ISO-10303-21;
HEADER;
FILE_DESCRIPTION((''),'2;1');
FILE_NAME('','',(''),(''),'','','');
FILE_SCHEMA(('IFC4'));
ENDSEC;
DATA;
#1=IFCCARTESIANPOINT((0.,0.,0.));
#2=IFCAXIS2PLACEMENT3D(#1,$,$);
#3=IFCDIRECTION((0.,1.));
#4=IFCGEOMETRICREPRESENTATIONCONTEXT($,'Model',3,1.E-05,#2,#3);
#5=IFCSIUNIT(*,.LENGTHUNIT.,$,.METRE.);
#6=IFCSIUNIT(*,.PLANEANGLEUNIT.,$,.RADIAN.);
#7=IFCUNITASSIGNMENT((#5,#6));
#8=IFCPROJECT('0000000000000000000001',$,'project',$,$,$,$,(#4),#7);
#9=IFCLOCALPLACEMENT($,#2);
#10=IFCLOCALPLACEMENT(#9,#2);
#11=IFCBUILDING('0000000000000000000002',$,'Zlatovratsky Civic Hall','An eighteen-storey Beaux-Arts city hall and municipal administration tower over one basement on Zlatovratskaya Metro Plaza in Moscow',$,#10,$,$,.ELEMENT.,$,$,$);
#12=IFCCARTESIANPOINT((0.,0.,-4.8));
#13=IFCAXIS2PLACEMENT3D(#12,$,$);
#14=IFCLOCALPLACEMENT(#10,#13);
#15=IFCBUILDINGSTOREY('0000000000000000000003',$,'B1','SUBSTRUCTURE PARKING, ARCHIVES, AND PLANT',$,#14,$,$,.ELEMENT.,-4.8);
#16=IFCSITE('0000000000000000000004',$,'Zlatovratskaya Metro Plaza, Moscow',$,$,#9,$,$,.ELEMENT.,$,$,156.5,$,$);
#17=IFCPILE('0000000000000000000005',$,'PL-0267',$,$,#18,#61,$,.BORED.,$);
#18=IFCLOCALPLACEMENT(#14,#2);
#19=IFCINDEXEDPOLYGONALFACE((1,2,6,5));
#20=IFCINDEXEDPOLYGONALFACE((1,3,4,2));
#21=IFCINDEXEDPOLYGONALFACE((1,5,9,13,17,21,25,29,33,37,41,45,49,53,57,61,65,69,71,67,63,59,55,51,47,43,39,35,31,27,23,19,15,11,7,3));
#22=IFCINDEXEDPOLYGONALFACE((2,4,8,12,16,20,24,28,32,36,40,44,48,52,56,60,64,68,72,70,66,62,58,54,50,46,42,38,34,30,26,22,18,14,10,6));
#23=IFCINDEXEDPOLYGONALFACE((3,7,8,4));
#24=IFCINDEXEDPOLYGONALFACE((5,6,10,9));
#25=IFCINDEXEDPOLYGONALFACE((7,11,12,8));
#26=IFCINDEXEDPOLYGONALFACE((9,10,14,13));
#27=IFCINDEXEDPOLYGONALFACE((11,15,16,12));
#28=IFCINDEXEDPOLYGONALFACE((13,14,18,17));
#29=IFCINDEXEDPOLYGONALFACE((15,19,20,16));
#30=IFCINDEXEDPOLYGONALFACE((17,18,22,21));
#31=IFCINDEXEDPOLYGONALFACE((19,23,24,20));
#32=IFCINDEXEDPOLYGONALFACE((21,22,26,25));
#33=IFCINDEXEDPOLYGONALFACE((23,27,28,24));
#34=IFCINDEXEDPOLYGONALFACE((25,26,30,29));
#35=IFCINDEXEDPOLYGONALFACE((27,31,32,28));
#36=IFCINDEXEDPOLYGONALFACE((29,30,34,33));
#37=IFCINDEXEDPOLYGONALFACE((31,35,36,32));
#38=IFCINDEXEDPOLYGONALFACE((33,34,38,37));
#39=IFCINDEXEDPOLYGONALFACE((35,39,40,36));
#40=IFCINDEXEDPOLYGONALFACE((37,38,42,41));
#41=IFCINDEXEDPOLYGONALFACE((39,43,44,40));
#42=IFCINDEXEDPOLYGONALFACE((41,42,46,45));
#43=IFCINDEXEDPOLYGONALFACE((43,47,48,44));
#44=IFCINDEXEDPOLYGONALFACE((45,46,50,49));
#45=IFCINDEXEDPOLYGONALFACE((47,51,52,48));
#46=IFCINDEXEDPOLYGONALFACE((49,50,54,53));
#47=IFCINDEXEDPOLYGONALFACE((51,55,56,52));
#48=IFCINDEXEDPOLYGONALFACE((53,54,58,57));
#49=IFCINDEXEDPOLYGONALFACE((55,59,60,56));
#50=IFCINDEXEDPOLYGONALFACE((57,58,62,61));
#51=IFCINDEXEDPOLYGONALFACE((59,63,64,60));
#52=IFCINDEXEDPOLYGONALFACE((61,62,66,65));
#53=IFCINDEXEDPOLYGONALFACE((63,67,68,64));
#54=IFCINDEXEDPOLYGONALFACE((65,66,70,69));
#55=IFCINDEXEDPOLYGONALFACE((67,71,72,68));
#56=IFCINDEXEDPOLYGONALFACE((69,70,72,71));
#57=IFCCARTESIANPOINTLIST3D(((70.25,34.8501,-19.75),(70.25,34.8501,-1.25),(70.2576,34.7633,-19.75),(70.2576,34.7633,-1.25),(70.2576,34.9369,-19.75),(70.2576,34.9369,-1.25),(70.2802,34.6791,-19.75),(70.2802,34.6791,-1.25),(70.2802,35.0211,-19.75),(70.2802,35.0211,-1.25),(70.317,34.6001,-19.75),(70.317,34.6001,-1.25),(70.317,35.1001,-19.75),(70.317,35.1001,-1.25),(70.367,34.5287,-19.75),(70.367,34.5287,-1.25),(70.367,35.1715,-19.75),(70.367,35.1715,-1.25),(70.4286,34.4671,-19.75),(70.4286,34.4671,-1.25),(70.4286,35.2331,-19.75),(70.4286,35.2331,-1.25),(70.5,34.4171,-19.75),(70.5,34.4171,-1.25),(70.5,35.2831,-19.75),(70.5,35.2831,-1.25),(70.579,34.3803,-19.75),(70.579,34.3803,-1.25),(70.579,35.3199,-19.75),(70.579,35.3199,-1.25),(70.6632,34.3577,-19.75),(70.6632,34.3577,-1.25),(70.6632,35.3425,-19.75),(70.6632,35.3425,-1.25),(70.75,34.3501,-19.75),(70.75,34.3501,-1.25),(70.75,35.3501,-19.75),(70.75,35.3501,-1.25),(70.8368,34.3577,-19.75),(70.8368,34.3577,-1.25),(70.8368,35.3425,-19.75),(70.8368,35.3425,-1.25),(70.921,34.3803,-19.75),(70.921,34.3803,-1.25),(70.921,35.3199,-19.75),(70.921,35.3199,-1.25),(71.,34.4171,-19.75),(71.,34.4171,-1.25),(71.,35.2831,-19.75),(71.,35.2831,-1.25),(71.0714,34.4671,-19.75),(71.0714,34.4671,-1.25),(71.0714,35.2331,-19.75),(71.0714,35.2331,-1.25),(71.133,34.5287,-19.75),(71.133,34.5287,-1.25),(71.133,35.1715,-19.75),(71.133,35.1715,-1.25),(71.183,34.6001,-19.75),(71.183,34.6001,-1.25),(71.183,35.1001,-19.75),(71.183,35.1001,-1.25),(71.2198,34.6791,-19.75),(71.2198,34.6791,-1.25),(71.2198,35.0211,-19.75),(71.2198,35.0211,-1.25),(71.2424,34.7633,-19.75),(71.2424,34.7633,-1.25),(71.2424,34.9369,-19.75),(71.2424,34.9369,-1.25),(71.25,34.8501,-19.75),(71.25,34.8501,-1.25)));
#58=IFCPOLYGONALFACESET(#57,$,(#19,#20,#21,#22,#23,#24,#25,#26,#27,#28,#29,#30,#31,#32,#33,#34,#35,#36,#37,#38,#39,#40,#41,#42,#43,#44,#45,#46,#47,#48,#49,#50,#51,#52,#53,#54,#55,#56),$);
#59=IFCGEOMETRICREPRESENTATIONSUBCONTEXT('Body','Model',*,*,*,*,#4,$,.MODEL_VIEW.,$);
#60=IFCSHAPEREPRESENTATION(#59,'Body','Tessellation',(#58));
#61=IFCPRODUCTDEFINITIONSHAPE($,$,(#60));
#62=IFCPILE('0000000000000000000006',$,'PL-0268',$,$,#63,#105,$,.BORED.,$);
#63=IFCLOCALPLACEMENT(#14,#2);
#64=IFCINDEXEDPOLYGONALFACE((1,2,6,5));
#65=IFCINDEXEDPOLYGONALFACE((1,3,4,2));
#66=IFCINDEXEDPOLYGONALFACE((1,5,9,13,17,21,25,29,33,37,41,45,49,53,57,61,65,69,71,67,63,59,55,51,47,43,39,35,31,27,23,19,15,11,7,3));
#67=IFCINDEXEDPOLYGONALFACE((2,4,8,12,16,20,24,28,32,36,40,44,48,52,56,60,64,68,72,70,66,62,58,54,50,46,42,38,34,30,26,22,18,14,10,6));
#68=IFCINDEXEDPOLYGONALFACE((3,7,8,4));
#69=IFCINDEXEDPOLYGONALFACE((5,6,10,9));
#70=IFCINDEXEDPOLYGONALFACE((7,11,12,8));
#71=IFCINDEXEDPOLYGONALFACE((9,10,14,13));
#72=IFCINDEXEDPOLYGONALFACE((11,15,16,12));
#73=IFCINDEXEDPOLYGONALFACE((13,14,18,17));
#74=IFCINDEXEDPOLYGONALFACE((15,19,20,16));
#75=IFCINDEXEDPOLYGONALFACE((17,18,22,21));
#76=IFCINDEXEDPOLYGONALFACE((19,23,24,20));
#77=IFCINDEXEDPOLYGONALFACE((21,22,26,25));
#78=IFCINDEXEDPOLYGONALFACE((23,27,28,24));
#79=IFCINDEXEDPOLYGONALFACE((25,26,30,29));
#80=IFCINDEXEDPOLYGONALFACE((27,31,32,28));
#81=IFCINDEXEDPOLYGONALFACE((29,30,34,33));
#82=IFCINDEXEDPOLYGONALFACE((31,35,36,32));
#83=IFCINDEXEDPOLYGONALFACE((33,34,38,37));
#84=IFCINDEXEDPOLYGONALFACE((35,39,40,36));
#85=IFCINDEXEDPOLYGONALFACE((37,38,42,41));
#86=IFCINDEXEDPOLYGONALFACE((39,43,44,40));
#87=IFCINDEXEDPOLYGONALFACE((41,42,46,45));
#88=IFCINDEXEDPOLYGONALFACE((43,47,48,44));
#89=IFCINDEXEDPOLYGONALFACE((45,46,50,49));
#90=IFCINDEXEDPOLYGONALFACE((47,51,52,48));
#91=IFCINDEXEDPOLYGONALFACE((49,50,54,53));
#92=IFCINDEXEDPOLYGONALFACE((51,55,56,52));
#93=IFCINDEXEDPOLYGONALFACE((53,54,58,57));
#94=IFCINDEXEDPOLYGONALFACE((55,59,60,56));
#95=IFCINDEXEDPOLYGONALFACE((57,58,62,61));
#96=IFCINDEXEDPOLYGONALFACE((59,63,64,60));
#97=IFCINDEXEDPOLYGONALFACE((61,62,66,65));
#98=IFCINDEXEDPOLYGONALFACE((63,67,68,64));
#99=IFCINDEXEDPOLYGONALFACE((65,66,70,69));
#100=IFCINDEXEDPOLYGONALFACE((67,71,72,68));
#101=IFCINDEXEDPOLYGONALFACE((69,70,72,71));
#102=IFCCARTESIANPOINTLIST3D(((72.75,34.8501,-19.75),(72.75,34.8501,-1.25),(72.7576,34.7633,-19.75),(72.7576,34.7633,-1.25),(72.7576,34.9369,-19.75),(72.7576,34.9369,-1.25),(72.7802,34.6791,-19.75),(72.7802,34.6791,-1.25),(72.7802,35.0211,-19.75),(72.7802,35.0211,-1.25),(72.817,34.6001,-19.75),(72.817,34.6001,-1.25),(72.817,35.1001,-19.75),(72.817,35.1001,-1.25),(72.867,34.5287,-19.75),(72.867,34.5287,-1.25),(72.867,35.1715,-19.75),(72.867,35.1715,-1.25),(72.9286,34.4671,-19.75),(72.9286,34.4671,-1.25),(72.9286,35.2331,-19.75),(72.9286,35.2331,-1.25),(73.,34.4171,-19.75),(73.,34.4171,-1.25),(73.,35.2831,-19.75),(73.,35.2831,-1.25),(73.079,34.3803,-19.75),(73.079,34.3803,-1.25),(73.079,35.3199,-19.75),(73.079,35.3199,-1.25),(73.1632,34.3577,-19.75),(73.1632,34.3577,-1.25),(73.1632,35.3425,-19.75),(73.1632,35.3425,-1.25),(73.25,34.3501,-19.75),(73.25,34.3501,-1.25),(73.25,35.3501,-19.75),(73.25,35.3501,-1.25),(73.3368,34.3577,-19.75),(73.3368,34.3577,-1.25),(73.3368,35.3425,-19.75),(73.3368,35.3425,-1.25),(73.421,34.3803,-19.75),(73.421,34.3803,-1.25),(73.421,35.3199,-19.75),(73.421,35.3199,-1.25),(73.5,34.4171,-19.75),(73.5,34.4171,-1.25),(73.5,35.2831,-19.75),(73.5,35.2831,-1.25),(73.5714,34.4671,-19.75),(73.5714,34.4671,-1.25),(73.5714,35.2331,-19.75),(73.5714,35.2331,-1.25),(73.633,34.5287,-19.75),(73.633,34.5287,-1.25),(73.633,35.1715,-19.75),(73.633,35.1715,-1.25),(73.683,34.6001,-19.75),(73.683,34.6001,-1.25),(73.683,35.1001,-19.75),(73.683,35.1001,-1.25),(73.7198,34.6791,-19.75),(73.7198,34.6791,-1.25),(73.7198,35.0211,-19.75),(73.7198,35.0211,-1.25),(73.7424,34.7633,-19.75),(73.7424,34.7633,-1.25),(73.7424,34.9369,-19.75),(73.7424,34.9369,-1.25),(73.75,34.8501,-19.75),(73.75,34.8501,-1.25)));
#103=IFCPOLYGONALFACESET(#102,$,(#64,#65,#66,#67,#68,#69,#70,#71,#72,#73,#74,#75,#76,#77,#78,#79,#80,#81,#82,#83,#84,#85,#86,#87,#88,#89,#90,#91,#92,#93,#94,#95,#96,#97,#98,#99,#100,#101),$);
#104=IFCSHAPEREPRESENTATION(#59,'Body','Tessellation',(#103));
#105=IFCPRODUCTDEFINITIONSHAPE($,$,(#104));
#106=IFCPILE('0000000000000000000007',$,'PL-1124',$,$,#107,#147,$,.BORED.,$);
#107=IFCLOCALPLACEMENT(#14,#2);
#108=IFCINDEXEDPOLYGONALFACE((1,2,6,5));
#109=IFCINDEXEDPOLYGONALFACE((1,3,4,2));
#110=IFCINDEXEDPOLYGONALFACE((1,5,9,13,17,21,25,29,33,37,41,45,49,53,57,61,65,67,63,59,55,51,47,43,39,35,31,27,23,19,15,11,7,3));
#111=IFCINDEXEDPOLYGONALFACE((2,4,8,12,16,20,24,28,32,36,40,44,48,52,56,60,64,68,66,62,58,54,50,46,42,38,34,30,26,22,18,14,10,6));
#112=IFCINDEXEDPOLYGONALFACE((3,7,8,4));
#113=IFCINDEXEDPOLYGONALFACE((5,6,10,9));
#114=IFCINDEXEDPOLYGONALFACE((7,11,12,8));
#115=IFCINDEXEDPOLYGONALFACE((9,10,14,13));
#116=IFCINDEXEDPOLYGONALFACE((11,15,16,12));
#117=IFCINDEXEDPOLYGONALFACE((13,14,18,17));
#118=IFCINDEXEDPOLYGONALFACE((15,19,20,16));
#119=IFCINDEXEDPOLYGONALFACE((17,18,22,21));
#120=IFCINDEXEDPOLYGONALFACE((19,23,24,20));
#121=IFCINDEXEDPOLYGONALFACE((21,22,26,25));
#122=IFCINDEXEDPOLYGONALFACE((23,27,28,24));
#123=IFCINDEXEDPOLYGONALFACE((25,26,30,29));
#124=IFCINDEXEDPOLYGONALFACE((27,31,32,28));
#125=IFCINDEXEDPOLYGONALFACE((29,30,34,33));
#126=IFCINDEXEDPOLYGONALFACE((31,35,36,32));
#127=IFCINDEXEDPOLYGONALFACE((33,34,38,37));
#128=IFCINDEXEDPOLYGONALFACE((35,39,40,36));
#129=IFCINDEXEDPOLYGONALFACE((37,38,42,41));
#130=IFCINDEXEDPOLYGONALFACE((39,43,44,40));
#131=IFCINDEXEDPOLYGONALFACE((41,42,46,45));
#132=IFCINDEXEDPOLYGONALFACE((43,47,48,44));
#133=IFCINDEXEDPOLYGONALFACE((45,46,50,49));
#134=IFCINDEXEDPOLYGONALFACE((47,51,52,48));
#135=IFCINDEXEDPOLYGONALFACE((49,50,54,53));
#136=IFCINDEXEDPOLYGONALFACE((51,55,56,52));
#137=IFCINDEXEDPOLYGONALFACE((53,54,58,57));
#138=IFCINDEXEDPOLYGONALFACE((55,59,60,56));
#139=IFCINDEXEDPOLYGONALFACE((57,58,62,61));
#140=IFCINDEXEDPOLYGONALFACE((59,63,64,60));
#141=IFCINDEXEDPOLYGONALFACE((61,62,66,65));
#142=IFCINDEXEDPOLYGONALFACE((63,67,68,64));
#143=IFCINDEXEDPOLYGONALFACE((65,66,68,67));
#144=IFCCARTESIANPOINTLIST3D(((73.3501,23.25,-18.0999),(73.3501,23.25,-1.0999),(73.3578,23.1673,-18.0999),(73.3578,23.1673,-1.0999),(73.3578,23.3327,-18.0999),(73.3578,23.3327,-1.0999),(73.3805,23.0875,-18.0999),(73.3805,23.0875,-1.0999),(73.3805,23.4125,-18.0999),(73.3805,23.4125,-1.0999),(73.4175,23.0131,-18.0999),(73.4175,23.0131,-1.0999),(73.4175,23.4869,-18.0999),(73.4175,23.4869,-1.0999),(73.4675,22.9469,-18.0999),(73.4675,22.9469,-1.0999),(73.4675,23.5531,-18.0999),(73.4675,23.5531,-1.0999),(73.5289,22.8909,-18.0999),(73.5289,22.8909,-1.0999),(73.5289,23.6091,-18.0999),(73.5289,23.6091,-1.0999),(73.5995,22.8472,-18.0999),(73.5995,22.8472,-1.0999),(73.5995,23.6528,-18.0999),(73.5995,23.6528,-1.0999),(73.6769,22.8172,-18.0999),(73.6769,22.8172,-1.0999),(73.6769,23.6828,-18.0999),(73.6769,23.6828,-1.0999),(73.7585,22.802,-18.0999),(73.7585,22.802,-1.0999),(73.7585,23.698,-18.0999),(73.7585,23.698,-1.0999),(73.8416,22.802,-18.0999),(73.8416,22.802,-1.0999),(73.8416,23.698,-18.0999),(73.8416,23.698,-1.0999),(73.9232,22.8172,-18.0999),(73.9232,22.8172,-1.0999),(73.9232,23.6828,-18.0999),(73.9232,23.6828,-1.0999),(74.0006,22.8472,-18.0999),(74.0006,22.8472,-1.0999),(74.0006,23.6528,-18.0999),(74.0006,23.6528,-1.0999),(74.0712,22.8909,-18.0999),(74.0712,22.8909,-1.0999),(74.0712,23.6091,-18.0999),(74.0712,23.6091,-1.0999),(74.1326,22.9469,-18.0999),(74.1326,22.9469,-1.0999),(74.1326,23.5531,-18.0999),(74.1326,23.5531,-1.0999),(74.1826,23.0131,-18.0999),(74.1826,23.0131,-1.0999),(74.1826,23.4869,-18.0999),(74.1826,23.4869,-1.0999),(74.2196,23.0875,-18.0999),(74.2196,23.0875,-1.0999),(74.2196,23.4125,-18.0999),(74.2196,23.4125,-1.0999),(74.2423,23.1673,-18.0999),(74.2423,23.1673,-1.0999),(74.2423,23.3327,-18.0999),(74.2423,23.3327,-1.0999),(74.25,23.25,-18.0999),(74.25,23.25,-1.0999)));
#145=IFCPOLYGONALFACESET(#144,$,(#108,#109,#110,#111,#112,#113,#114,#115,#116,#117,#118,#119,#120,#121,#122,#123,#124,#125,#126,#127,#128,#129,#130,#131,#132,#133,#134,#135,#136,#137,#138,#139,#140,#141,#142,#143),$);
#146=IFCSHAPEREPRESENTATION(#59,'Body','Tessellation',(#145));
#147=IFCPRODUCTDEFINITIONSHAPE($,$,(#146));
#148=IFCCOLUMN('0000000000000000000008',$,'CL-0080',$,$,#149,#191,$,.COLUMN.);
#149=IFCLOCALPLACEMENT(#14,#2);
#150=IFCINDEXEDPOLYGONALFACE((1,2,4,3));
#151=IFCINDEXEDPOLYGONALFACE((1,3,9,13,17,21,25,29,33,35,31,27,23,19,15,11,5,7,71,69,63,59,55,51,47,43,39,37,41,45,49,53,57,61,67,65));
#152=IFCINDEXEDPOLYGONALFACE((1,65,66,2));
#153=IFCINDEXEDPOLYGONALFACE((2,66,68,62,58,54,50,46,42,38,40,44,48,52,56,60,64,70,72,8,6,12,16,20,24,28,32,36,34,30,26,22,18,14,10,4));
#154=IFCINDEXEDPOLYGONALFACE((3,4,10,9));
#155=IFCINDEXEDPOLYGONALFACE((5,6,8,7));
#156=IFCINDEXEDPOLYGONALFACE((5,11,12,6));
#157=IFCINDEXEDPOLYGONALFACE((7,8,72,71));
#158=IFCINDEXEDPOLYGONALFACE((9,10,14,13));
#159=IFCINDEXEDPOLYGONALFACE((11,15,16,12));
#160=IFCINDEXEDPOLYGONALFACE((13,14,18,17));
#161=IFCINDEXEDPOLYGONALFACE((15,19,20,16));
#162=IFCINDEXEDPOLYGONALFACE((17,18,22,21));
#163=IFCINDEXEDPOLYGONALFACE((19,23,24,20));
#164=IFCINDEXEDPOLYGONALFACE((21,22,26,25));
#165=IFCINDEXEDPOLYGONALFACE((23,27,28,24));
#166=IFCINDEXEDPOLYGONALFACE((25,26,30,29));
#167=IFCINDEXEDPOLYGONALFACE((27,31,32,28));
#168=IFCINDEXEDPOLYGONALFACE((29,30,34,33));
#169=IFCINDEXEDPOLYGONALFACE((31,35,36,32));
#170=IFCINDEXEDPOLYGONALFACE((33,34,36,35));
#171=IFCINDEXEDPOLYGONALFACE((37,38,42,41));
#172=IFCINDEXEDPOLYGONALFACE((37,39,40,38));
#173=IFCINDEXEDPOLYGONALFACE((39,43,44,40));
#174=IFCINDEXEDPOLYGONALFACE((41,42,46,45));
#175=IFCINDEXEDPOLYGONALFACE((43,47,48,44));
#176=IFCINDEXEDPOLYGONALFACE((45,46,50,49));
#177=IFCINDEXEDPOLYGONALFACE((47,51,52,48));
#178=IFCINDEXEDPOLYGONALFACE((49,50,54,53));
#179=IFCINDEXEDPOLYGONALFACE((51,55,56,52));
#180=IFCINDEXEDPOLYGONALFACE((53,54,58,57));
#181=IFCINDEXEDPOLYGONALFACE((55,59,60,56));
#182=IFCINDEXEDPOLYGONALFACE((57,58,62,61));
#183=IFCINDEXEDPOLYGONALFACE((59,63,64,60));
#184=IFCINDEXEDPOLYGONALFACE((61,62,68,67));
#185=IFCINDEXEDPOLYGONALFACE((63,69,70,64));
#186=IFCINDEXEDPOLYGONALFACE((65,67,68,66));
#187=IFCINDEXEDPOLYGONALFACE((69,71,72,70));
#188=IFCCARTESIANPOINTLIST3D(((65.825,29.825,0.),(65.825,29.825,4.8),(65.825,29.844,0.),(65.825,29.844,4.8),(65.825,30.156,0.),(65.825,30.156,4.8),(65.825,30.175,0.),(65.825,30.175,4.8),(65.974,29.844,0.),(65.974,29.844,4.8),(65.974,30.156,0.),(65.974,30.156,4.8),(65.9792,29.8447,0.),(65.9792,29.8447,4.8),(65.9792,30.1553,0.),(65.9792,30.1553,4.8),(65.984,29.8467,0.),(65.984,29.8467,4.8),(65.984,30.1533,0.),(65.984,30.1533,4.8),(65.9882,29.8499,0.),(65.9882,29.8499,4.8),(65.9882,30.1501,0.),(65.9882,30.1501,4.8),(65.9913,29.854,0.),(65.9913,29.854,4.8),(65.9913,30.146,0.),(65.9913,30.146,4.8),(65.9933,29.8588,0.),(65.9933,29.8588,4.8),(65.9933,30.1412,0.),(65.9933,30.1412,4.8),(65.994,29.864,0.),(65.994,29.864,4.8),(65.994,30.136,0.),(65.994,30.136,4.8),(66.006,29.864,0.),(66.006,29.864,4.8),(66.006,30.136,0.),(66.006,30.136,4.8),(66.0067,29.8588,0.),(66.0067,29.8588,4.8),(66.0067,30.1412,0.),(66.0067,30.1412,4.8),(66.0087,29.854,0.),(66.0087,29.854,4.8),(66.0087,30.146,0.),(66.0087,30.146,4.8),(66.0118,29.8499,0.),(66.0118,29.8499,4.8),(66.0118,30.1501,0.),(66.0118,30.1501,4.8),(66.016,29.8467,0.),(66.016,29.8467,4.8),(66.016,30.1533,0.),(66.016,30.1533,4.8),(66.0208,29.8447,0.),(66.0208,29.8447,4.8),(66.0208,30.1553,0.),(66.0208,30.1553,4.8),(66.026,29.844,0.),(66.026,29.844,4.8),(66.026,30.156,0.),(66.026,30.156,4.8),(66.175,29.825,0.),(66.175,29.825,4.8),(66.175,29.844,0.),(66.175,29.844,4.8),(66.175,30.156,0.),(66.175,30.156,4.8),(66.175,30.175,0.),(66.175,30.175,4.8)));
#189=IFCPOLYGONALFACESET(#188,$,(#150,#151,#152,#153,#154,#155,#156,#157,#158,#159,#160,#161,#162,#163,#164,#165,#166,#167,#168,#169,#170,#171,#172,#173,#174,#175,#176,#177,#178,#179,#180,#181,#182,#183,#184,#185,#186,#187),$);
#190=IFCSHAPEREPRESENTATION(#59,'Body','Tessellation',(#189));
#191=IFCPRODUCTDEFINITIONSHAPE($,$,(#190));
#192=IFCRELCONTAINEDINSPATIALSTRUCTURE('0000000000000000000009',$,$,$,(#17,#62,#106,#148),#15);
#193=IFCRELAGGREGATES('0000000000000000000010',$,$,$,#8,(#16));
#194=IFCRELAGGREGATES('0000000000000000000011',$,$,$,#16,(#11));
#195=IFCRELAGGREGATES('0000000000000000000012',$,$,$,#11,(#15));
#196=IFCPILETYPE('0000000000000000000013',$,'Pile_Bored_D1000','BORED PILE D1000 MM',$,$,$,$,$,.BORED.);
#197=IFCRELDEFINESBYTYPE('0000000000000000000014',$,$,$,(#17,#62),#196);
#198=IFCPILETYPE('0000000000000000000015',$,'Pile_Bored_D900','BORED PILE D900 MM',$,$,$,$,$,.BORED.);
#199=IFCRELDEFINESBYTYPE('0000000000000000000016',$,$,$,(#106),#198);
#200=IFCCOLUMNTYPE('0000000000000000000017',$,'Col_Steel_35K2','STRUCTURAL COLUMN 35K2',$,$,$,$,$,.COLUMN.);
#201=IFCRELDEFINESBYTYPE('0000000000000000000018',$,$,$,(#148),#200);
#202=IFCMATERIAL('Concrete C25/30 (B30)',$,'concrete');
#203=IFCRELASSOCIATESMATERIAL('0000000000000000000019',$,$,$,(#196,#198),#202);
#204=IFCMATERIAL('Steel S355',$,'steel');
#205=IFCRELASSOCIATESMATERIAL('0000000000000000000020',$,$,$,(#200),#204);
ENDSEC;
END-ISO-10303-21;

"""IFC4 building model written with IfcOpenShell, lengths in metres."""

from ifc_helpers import new_model, si_unit, direction, frame, origin, origin_2d, place, context, subcontext, project, spatial, circle, i_section, extrude, material, material_profile, profile_set, type_object, element, save


model = new_model("IFC4")

# Units and contexts
model_context = context("Model", 3, precision=1e-05, world=origin(), true_north=direction((0.0, 1.0)))
body_context = subcontext(model_context, "Body", "Model", "MODEL_VIEW")
ifc_project = project(units=[si_unit("LENGTHUNIT", "METRE"), si_unit("PLANEANGLEUNIT", "RADIAN")], contexts=[model_context])

# Site, building, storey
site_placement = place(None, origin())
site = spatial("IfcSite", under=ifc_project, at=site_placement, Name="Zlatovratskaya Metro Plaza, Moscow", CompositionType="ELEMENT", RefElevation=156.5)
building_placement = place(site_placement, origin())
building = spatial("IfcBuilding", under=site, at=building_placement, Name="Zlatovratsky Civic Hall", Description="An eighteen-storey Beaux-Arts city hall and municipal administration tower over one basement on Zlatovratskaya Metro Plaza in Moscow", CompositionType="ELEMENT")
storey_placement = place(building_placement, frame((0.0, 0.0, -4.8)))
storey = spatial("IfcBuildingStorey", under=building, at=storey_placement, Name="B1", Description="SUBSTRUCTURE PARKING, ARCHIVES, AND PLANT", CompositionType="ELEMENT", Elevation=-4.8)

# Shared definitions
ifc_material_1 = material(Name="Concrete C25/30 (B30)", Category="concrete")

# Piles
ifc_material_profile_1 = material_profile(ifc_material_1, circle(Radius=0.5, at=origin_2d()), Name="PILE D1000")
ifc_profile_set_1 = profile_set([ifc_material_profile_1], Name="Concrete C25/30 (B30)")
pile_type_1 = type_object("IfcPileType", Name="Pile_Bored_D1000", Description="BORED PILE D1000 MM", PredefinedType="BORED", material=ifc_profile_set_1)
for number, where, z_axis, x_axis, name in (
    (1, (70.75, 34.8501, -1.25), (0.0, 0.0, -1.0), (1.0, 0.0, 0.0), "PL-0267"),
    (2, (73.25, 34.8501, -1.25), (0.0, 0.0, -1.0), (1.0, 0.0, 0.0), "PL-0268"),
):
    element("IfcPile", number, at=place(storey_placement, frame(where, z_axis=z_axis, x_axis=x_axis)), inside=storey, type_object=pile_type_1, Name=name, PredefinedType="BORED", context=body_context, shape_type="SweptSolid", body=[
        extrude(circle(Radius=0.5, at=origin_2d()), origin(), (0.0, 0.0, 1.0), 18.5),
    ])
ifc_material_profile_2 = material_profile(ifc_material_1, circle(Radius=0.45, at=origin_2d()), Name="PILE D900")
ifc_profile_set_2 = profile_set([ifc_material_profile_2], Name="Concrete C25/30 (B30)")
pile_type_2 = type_object("IfcPileType", Name="Pile_Bored_D900", Description="BORED PILE D900 MM", PredefinedType="BORED", material=ifc_profile_set_2)
pile_placement = place(storey_placement, frame((73.8, 23.25, -1.0999), z_axis=(0.0, 0.0, -1.0), x_axis=(1.0, 0.0, 0.0)))
element("IfcPile", 3, at=pile_placement, inside=storey, type_object=pile_type_2, Name="PL-1124", PredefinedType="BORED", context=body_context, shape_type="SweptSolid", body=[
    extrude(circle(Radius=0.45, at=origin_2d()), origin(), (0.0, 0.0, 1.0), 17.0),
])

# Column
ifc_material_2 = material(Name="Steel S355", Category="steel")
ifc_material_profile_3 = material_profile(ifc_material_2, i_section(OverallWidth=0.3501, OverallDepth=0.3501, WebThickness=0.012, FlangeThickness=0.019, FilletRadius=0.02, at=origin_2d()), Name="35K2")
ifc_profile_set_3 = profile_set([ifc_material_profile_3], Name="Steel S355")
column_type = type_object("IfcColumnType", Name="Col_Steel_35K2", Description="STRUCTURAL COLUMN 35K2", PredefinedType="COLUMN", material=ifc_profile_set_3)
for number, where, z_axis, x_axis, name in (
    (4, (66.0, 30.0, 0.0), (0.0, 0.0, 1.0), (1.0, 0.0, 0.0), "CL-0080"),
):
    element("IfcColumn", number, at=place(storey_placement, frame(where, z_axis=z_axis, x_axis=x_axis)), inside=storey, type_object=column_type, Name=name, PredefinedType="COLUMN", context=body_context, shape_type="SweptSolid", body=[
        extrude(i_section(OverallWidth=0.3501, OverallDepth=0.3501, WebThickness=0.012, FlangeThickness=0.019, FilletRadius=0.02, at=origin_2d()), origin(), (0.0, 0.0, 1.0), 4.8),
    ])

save(model, "model.ifc")
